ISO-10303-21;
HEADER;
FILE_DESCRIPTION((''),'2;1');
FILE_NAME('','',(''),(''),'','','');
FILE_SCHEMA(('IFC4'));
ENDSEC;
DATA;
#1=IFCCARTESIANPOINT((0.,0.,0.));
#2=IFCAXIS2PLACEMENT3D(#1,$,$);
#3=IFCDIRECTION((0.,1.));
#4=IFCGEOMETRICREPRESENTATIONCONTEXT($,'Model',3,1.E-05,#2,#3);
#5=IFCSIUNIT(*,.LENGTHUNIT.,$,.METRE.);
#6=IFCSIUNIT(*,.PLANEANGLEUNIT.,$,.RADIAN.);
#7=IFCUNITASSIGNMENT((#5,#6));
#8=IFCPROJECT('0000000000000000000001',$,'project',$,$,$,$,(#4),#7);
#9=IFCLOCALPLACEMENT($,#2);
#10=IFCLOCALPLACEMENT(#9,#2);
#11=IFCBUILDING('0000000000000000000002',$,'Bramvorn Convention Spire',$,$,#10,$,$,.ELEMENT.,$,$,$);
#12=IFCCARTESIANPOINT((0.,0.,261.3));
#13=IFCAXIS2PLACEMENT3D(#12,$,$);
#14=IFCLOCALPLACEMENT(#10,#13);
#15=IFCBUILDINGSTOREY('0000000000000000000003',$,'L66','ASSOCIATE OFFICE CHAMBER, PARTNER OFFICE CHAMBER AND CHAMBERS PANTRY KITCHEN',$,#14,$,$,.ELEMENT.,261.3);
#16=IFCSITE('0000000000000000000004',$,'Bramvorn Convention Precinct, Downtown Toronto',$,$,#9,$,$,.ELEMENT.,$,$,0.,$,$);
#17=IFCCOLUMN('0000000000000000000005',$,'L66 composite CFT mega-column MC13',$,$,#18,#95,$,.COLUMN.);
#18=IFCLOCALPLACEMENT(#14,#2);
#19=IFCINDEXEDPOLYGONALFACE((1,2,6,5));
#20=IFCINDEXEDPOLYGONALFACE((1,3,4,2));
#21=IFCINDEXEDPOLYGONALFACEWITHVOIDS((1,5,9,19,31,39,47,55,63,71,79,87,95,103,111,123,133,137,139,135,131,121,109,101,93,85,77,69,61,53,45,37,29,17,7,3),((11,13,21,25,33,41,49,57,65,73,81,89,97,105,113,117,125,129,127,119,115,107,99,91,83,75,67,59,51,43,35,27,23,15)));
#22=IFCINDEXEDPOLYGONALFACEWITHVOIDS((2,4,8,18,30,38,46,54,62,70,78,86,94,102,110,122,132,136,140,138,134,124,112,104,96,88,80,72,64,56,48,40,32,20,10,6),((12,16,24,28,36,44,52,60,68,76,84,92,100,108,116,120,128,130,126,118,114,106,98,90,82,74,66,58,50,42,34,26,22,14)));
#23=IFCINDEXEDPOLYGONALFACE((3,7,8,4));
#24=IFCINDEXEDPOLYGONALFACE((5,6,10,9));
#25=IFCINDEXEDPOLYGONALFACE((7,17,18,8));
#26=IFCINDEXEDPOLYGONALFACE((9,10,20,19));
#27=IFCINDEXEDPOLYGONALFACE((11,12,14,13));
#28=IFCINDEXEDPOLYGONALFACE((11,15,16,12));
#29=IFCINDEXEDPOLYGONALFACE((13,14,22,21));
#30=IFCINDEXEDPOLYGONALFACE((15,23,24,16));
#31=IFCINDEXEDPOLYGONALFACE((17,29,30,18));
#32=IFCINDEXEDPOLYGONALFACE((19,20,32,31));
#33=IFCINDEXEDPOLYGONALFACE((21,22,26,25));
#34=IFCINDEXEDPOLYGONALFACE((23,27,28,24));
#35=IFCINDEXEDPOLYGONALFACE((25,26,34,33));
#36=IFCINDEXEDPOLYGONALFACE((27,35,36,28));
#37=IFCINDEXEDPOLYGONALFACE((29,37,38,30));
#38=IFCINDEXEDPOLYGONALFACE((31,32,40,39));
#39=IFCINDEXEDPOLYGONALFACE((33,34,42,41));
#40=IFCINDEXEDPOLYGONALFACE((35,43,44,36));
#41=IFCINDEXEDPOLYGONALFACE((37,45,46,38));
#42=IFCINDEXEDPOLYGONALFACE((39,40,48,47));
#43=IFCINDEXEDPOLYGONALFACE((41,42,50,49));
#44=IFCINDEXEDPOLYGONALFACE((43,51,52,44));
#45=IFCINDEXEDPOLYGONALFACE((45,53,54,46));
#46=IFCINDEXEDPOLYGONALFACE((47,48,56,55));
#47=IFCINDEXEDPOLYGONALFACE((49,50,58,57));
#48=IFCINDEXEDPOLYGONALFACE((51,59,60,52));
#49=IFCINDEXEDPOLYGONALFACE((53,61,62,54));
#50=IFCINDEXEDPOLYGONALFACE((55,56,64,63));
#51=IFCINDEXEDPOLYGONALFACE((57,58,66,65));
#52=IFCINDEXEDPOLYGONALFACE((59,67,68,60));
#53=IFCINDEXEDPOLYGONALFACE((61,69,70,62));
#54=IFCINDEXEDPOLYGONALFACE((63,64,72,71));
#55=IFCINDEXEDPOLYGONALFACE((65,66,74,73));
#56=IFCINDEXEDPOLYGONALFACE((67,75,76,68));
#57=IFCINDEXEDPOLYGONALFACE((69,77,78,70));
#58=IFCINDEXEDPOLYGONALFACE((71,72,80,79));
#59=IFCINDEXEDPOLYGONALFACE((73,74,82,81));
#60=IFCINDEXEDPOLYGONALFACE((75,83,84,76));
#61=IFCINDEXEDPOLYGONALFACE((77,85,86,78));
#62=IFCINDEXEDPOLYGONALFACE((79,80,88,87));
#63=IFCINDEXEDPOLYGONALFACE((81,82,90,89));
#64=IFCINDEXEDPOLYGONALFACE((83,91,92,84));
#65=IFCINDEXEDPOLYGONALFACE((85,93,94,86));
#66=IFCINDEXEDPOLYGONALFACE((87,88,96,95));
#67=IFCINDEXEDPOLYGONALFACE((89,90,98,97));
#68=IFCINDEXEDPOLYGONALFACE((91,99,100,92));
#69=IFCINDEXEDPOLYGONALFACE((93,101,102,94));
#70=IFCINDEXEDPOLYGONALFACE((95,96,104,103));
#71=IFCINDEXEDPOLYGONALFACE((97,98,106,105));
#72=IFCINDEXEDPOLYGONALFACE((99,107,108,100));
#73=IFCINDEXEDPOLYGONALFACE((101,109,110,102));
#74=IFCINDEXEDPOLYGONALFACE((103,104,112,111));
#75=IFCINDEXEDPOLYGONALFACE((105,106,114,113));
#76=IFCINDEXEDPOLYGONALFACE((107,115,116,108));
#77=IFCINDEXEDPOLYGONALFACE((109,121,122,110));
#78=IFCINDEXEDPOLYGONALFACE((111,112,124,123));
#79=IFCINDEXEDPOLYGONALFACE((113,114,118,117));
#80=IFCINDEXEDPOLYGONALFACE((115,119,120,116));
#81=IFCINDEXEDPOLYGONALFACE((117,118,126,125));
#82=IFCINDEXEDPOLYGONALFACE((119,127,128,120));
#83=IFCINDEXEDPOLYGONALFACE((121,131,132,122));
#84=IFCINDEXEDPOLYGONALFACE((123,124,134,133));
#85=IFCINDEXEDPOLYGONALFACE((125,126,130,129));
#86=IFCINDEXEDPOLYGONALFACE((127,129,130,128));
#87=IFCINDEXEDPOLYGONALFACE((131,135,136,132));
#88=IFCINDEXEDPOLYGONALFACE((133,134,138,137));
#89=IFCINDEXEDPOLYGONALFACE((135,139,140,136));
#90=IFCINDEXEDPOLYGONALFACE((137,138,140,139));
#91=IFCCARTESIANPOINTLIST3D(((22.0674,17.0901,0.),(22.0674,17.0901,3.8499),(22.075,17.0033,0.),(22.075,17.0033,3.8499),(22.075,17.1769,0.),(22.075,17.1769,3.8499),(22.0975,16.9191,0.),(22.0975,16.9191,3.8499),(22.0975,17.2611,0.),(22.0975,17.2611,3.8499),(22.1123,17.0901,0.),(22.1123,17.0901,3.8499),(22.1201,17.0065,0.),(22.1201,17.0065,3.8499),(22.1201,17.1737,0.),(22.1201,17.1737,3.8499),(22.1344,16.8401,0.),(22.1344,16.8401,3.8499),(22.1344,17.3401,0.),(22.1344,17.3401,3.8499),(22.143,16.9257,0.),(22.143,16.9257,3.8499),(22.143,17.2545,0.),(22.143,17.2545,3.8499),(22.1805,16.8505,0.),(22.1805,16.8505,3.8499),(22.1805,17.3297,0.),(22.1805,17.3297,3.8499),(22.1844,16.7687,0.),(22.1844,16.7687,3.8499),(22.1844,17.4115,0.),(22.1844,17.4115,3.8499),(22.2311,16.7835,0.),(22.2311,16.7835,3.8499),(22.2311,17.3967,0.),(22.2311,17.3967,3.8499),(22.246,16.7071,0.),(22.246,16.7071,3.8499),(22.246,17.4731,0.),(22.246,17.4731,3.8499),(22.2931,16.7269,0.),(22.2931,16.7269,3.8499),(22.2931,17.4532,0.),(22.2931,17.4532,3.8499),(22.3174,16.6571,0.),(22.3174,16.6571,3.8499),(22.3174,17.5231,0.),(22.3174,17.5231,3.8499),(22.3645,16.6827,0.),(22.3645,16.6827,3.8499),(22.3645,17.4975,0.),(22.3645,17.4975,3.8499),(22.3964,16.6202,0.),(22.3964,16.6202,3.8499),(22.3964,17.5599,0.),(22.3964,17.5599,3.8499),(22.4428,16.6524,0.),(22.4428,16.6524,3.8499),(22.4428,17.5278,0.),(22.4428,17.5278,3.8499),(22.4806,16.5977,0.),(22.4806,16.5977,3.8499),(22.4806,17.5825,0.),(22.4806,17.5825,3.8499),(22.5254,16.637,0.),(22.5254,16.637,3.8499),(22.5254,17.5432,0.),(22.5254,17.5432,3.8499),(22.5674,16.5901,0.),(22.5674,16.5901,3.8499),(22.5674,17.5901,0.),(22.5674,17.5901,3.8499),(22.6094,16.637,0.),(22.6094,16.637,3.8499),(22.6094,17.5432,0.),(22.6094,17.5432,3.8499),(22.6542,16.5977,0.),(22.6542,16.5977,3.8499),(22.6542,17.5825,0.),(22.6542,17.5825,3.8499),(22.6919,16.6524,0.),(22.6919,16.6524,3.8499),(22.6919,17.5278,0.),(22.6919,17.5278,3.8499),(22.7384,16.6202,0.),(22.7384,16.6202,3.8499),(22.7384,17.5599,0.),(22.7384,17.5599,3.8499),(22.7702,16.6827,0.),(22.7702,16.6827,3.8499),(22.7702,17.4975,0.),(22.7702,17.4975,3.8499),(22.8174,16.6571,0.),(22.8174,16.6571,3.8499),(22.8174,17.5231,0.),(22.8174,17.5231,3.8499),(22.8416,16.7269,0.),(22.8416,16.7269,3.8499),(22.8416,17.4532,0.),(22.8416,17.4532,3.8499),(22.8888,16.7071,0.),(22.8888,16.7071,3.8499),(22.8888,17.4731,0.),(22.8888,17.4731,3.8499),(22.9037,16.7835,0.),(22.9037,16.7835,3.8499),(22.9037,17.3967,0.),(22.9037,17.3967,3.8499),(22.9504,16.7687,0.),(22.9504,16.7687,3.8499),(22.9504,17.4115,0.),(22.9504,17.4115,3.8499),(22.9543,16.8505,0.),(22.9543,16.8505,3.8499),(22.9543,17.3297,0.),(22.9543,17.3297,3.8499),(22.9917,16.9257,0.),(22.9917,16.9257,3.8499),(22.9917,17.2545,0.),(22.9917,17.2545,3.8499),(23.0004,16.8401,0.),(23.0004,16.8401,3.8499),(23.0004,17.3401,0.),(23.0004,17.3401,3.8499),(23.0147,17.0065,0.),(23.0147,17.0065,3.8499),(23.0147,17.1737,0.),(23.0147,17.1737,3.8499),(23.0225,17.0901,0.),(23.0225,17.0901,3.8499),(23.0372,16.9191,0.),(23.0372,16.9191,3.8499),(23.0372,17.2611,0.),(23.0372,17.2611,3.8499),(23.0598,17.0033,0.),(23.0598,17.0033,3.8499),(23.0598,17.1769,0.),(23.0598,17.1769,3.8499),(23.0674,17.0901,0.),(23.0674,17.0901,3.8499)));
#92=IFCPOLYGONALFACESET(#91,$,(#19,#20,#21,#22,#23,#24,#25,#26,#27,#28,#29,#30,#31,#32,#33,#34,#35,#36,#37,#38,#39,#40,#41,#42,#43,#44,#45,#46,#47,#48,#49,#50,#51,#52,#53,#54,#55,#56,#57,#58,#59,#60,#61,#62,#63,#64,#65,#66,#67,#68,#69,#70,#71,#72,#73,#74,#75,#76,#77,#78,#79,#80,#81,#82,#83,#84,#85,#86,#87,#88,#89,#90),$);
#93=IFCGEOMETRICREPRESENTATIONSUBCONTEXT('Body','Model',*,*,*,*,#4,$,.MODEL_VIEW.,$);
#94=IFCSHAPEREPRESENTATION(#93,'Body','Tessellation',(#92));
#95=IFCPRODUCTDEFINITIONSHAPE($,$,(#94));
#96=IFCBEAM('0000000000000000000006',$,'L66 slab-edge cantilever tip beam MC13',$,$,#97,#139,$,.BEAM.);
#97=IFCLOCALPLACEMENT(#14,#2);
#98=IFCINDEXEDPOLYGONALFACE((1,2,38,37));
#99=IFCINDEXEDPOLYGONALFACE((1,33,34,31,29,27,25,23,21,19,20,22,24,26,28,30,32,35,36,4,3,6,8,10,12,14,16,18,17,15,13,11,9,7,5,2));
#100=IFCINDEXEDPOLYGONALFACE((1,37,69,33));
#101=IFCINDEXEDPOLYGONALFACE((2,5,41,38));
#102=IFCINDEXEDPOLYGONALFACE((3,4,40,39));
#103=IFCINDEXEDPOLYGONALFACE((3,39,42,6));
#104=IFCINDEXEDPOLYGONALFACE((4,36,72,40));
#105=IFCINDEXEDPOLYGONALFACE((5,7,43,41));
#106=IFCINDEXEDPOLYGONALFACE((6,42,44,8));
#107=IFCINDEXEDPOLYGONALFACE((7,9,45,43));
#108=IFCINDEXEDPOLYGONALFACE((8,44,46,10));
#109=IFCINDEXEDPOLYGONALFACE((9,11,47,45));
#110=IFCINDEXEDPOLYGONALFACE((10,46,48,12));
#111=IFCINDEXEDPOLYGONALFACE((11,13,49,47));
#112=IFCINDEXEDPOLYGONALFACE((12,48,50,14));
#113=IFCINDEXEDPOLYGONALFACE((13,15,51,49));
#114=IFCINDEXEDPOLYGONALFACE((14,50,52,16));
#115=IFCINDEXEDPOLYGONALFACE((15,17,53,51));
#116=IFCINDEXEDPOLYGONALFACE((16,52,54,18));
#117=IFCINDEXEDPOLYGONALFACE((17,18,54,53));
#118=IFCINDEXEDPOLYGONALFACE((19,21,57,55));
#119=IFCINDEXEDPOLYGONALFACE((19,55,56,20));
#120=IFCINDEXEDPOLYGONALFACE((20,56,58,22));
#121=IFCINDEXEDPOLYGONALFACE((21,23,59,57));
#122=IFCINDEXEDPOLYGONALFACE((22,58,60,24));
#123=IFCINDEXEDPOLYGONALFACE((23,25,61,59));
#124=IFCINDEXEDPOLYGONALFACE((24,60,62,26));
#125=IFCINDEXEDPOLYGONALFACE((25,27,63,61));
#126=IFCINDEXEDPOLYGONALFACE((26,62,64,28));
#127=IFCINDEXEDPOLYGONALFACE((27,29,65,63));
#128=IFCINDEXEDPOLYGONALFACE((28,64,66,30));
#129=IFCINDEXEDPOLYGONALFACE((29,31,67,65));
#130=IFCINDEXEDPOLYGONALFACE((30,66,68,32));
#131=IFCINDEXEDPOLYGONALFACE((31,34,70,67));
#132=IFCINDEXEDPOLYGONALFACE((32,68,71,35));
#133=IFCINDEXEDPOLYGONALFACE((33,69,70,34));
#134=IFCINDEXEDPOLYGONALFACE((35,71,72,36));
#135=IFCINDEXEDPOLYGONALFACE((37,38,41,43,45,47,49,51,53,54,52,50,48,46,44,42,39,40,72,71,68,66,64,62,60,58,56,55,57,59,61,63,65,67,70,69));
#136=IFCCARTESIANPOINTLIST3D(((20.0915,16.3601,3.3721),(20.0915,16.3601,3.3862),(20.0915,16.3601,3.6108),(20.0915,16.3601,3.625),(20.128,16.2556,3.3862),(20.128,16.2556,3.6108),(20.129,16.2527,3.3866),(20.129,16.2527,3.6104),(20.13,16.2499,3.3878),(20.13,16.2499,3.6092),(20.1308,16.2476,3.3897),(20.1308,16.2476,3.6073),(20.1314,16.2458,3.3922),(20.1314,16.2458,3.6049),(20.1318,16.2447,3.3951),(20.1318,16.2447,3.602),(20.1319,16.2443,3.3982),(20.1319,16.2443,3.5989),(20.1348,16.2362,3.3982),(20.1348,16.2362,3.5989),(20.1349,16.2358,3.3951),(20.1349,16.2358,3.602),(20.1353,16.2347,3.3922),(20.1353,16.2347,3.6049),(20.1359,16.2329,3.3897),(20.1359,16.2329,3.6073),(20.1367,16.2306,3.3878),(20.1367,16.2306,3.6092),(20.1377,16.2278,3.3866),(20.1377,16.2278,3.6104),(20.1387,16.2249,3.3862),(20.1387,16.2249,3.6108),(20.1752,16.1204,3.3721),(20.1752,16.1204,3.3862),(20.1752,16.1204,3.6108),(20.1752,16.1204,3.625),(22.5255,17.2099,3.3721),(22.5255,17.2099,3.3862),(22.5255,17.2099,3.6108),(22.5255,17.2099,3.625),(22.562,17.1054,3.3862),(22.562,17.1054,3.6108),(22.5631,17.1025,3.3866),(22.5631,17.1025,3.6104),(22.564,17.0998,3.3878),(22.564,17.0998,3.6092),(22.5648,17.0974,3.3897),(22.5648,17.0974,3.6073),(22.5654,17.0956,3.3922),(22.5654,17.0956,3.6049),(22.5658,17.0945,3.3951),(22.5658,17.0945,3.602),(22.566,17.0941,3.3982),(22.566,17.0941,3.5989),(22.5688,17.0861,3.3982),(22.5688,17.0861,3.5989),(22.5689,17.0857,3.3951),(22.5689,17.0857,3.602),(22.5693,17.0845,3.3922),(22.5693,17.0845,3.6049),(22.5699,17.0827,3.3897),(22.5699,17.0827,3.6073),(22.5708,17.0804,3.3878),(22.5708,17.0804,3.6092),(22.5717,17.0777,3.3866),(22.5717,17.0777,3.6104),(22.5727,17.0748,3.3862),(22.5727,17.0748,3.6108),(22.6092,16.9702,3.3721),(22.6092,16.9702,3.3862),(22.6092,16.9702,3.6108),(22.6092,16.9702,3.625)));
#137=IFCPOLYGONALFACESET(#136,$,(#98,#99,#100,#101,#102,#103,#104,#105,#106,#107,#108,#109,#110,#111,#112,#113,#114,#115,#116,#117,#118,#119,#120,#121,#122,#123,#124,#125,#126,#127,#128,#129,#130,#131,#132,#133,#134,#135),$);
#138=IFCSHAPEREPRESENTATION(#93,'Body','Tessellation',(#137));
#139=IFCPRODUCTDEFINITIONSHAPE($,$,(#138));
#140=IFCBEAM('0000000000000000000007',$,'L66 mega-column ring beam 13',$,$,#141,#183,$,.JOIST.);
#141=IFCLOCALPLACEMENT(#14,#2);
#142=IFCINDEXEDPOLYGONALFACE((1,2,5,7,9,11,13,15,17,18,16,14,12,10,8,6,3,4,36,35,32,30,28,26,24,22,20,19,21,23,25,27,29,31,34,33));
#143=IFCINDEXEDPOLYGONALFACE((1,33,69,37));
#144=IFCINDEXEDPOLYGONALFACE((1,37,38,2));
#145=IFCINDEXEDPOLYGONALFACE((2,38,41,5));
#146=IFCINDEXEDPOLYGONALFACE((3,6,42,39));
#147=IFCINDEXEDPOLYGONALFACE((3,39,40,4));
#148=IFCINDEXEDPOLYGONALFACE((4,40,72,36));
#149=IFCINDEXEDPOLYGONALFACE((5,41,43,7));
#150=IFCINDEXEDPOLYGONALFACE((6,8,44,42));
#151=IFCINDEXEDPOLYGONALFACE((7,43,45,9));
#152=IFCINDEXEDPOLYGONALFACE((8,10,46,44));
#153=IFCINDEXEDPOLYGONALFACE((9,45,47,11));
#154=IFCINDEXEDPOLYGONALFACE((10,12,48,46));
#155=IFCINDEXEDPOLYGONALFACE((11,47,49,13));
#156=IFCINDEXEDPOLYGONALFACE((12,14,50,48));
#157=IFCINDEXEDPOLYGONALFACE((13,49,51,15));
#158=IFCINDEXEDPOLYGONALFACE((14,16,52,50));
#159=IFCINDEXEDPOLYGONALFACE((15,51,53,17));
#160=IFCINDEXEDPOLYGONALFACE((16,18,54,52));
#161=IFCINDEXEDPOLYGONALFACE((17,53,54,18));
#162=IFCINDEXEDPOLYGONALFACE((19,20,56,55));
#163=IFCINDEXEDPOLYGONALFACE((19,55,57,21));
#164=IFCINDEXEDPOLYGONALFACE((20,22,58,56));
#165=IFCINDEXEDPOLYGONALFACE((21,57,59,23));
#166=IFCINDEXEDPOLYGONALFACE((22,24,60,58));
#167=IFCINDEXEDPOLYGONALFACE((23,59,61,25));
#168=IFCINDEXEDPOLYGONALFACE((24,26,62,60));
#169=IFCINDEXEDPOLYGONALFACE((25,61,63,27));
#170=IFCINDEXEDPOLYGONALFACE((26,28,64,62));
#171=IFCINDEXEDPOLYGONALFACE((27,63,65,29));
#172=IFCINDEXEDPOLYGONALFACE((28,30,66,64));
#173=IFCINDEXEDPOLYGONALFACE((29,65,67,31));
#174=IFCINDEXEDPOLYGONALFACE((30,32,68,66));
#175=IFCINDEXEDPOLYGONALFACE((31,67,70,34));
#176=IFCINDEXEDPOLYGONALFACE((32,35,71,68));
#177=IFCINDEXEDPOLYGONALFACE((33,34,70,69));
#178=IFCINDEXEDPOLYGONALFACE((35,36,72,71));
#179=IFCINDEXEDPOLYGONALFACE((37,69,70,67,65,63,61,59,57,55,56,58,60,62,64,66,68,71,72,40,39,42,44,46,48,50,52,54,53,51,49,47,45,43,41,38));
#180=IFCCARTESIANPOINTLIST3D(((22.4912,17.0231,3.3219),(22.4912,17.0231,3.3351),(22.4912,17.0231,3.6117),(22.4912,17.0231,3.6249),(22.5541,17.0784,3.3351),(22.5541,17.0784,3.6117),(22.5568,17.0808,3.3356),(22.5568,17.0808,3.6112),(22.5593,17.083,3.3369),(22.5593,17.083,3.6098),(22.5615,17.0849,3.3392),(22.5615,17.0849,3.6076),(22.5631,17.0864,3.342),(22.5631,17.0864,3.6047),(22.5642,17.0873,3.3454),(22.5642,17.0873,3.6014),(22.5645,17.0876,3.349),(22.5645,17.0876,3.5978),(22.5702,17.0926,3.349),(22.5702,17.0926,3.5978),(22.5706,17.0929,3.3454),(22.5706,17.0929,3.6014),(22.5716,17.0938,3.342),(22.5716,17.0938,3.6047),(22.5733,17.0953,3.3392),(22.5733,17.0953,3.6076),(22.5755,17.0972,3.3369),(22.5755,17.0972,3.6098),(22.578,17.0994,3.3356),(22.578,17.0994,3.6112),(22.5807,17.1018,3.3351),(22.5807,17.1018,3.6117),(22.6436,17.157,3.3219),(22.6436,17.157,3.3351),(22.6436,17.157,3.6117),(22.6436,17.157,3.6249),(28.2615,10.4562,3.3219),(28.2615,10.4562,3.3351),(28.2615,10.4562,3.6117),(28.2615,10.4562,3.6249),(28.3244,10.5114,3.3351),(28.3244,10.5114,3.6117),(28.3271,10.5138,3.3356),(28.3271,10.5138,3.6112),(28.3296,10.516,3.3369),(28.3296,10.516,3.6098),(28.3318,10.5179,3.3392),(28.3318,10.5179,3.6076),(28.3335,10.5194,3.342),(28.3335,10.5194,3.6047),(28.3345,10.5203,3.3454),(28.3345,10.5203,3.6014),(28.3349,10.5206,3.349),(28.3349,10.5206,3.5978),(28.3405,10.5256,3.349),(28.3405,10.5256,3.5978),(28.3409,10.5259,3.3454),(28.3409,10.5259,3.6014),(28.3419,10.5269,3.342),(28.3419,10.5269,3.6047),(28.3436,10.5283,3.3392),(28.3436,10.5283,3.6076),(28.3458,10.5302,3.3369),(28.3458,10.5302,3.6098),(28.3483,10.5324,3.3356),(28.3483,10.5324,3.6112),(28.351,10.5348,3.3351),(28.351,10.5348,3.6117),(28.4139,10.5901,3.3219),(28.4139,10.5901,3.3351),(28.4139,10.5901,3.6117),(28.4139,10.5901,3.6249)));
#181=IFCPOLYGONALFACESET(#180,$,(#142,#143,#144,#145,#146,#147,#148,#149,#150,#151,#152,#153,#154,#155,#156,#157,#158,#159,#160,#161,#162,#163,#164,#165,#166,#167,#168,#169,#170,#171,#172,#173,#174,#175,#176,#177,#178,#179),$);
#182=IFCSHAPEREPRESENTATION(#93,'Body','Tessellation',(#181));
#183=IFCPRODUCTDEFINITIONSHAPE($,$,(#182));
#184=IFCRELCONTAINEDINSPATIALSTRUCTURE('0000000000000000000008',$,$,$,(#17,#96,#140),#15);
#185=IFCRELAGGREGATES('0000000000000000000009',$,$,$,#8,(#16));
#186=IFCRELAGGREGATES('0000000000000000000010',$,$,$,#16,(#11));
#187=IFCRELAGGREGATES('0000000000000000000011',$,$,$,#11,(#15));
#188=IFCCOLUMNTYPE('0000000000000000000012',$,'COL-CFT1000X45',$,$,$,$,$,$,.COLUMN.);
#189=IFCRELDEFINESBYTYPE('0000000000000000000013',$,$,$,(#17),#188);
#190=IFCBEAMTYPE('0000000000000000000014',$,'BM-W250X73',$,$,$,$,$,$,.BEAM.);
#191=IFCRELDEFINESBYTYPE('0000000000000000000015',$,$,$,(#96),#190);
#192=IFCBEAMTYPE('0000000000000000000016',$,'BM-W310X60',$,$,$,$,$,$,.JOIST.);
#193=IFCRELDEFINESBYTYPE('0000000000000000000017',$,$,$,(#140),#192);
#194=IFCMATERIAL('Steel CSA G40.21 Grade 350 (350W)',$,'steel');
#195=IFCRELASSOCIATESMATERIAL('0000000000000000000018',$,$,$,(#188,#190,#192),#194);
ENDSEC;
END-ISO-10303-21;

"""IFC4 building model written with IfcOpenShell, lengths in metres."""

from ifc_helpers import new_model, si_unit, direction, frame, origin, origin_2d, place, context, subcontext, project, spatial, hollow_circle, i_section, extrude, material, material_profile, profile_set, type_object, element, save


model = new_model("IFC4")

# Units and contexts
model_context = context("Model", 3, precision=1e-05, world=origin(), true_north=direction((0.0, 1.0)))
body_context = subcontext(model_context, "Body", "Model", "MODEL_VIEW")
ifc_project = project(units=[si_unit("LENGTHUNIT", "METRE"), si_unit("PLANEANGLEUNIT", "RADIAN")], contexts=[model_context])

# Site, building, storey
site_placement = place(None, origin())
site = spatial("IfcSite", under=ifc_project, at=site_placement, Name="Bramvorn Convention Precinct, Downtown Toronto", CompositionType="ELEMENT", RefElevation=0.0)
building_placement = place(site_placement, origin())
building = spatial("IfcBuilding", under=site, at=building_placement, Name="Bramvorn Convention Spire", CompositionType="ELEMENT")
storey_placement = place(building_placement, frame((0.0, 0.0, 261.3)))
storey = spatial("IfcBuildingStorey", under=building, at=storey_placement, Name="L66", Description="ASSOCIATE OFFICE CHAMBER, PARTNER OFFICE CHAMBER AND CHAMBERS PANTRY KITCHEN", CompositionType="ELEMENT", Elevation=261.3)

# Column
ifc_material_1 = material(Name="Steel CSA G40.21 Grade 350 (350W)", Category="steel")
ifc_material_profile_1 = material_profile(ifc_material_1, hollow_circle(Radius=0.5, WallThickness=0.0449, at=origin_2d()))
ifc_profile_set_1 = profile_set([ifc_material_profile_1], Name="Steel CSA G40.21 Grade 350 (350W) - CFT1000X45")
column_type = type_object("IfcColumnType", Name="COL-CFT1000X45", PredefinedType="COLUMN", material=ifc_profile_set_1)
column_placement = place(storey_placement, frame((22.5674, 17.0901, 0.0), z_axis=(0.0, 0.0, 1.0), x_axis=(1.0, 0.0, 0.0)))
element("IfcColumn", 1, at=column_placement, inside=storey, type_object=column_type, Name="L66 composite CFT mega-column MC13", PredefinedType="COLUMN", context=body_context, shape_type="SweptSolid", body=[
    extrude(hollow_circle(Radius=0.5, WallThickness=0.0449, at=origin_2d()), origin(), (0.0, 0.0, 1.0), 3.8499),
])

# Beams
ifc_material_profile_2 = material_profile(ifc_material_1, i_section(OverallWidth=0.2539, OverallDepth=0.2529, WebThickness=0.0085, FlangeThickness=0.0142, FilletRadius=0.012, at=origin_2d()))
ifc_profile_set_2 = profile_set([ifc_material_profile_2], Name="Steel CSA G40.21 Grade 350 (350W) - W250X73")
beam_type_1 = type_object("IfcBeamType", Name="BM-W250X73", PredefinedType="BEAM", material=ifc_profile_set_2)
beam_1_placement = place(storey_placement, frame((22.5674, 17.0901, 3.4985), z_axis=(-0.944109, -0.329633, 0.0), x_axis=(0.329633, -0.944109, 0.0)))
element("IfcBeam", 2, at=beam_1_placement, inside=storey, type_object=beam_type_1, Name="L66 slab-edge cantilever tip beam MC13", PredefinedType="BEAM", context=body_context, shape_type="SweptSolid", body=[
    extrude(i_section(OverallWidth=0.2539, OverallDepth=0.2529, WebThickness=0.0085, FlangeThickness=0.0142, FilletRadius=0.012, at=origin_2d()), origin(), (0.0, 0.0, 1.0), 2.5781),
])
ifc_material_profile_3 = material_profile(ifc_material_1, i_section(OverallWidth=0.2029, OverallDepth=0.303, WebThickness=0.0076, FlangeThickness=0.0132, FilletRadius=0.0139, at=origin_2d()))
ifc_profile_set_3 = profile_set([ifc_material_profile_3], Name="Steel CSA G40.21 Grade 350 (350W) - W310X60")
beam_type_2 = type_object("IfcBeamType", Name="BM-W310X60", PredefinedType="JOIST", material=ifc_profile_set_3)
beam_2_placement = place(storey_placement, frame((22.5674, 17.0901, 3.4734), z_axis=(0.660073, -0.751201, 0.0), x_axis=(0.751201, 0.660073, 0.0)))
element("IfcBeam", 3, at=beam_2_placement, inside=storey, type_object=beam_type_2, Name="L66 mega-column ring beam 13", PredefinedType="JOIST", context=body_context, shape_type="SweptSolid", body=[
    extrude(i_section(OverallWidth=0.2029, OverallDepth=0.303, WebThickness=0.0076, FlangeThickness=0.0132, FilletRadius=0.0139, at=origin_2d()), origin(), (0.0, 0.0, 1.0), 8.7419),
])

save(model, "model.ifc")
